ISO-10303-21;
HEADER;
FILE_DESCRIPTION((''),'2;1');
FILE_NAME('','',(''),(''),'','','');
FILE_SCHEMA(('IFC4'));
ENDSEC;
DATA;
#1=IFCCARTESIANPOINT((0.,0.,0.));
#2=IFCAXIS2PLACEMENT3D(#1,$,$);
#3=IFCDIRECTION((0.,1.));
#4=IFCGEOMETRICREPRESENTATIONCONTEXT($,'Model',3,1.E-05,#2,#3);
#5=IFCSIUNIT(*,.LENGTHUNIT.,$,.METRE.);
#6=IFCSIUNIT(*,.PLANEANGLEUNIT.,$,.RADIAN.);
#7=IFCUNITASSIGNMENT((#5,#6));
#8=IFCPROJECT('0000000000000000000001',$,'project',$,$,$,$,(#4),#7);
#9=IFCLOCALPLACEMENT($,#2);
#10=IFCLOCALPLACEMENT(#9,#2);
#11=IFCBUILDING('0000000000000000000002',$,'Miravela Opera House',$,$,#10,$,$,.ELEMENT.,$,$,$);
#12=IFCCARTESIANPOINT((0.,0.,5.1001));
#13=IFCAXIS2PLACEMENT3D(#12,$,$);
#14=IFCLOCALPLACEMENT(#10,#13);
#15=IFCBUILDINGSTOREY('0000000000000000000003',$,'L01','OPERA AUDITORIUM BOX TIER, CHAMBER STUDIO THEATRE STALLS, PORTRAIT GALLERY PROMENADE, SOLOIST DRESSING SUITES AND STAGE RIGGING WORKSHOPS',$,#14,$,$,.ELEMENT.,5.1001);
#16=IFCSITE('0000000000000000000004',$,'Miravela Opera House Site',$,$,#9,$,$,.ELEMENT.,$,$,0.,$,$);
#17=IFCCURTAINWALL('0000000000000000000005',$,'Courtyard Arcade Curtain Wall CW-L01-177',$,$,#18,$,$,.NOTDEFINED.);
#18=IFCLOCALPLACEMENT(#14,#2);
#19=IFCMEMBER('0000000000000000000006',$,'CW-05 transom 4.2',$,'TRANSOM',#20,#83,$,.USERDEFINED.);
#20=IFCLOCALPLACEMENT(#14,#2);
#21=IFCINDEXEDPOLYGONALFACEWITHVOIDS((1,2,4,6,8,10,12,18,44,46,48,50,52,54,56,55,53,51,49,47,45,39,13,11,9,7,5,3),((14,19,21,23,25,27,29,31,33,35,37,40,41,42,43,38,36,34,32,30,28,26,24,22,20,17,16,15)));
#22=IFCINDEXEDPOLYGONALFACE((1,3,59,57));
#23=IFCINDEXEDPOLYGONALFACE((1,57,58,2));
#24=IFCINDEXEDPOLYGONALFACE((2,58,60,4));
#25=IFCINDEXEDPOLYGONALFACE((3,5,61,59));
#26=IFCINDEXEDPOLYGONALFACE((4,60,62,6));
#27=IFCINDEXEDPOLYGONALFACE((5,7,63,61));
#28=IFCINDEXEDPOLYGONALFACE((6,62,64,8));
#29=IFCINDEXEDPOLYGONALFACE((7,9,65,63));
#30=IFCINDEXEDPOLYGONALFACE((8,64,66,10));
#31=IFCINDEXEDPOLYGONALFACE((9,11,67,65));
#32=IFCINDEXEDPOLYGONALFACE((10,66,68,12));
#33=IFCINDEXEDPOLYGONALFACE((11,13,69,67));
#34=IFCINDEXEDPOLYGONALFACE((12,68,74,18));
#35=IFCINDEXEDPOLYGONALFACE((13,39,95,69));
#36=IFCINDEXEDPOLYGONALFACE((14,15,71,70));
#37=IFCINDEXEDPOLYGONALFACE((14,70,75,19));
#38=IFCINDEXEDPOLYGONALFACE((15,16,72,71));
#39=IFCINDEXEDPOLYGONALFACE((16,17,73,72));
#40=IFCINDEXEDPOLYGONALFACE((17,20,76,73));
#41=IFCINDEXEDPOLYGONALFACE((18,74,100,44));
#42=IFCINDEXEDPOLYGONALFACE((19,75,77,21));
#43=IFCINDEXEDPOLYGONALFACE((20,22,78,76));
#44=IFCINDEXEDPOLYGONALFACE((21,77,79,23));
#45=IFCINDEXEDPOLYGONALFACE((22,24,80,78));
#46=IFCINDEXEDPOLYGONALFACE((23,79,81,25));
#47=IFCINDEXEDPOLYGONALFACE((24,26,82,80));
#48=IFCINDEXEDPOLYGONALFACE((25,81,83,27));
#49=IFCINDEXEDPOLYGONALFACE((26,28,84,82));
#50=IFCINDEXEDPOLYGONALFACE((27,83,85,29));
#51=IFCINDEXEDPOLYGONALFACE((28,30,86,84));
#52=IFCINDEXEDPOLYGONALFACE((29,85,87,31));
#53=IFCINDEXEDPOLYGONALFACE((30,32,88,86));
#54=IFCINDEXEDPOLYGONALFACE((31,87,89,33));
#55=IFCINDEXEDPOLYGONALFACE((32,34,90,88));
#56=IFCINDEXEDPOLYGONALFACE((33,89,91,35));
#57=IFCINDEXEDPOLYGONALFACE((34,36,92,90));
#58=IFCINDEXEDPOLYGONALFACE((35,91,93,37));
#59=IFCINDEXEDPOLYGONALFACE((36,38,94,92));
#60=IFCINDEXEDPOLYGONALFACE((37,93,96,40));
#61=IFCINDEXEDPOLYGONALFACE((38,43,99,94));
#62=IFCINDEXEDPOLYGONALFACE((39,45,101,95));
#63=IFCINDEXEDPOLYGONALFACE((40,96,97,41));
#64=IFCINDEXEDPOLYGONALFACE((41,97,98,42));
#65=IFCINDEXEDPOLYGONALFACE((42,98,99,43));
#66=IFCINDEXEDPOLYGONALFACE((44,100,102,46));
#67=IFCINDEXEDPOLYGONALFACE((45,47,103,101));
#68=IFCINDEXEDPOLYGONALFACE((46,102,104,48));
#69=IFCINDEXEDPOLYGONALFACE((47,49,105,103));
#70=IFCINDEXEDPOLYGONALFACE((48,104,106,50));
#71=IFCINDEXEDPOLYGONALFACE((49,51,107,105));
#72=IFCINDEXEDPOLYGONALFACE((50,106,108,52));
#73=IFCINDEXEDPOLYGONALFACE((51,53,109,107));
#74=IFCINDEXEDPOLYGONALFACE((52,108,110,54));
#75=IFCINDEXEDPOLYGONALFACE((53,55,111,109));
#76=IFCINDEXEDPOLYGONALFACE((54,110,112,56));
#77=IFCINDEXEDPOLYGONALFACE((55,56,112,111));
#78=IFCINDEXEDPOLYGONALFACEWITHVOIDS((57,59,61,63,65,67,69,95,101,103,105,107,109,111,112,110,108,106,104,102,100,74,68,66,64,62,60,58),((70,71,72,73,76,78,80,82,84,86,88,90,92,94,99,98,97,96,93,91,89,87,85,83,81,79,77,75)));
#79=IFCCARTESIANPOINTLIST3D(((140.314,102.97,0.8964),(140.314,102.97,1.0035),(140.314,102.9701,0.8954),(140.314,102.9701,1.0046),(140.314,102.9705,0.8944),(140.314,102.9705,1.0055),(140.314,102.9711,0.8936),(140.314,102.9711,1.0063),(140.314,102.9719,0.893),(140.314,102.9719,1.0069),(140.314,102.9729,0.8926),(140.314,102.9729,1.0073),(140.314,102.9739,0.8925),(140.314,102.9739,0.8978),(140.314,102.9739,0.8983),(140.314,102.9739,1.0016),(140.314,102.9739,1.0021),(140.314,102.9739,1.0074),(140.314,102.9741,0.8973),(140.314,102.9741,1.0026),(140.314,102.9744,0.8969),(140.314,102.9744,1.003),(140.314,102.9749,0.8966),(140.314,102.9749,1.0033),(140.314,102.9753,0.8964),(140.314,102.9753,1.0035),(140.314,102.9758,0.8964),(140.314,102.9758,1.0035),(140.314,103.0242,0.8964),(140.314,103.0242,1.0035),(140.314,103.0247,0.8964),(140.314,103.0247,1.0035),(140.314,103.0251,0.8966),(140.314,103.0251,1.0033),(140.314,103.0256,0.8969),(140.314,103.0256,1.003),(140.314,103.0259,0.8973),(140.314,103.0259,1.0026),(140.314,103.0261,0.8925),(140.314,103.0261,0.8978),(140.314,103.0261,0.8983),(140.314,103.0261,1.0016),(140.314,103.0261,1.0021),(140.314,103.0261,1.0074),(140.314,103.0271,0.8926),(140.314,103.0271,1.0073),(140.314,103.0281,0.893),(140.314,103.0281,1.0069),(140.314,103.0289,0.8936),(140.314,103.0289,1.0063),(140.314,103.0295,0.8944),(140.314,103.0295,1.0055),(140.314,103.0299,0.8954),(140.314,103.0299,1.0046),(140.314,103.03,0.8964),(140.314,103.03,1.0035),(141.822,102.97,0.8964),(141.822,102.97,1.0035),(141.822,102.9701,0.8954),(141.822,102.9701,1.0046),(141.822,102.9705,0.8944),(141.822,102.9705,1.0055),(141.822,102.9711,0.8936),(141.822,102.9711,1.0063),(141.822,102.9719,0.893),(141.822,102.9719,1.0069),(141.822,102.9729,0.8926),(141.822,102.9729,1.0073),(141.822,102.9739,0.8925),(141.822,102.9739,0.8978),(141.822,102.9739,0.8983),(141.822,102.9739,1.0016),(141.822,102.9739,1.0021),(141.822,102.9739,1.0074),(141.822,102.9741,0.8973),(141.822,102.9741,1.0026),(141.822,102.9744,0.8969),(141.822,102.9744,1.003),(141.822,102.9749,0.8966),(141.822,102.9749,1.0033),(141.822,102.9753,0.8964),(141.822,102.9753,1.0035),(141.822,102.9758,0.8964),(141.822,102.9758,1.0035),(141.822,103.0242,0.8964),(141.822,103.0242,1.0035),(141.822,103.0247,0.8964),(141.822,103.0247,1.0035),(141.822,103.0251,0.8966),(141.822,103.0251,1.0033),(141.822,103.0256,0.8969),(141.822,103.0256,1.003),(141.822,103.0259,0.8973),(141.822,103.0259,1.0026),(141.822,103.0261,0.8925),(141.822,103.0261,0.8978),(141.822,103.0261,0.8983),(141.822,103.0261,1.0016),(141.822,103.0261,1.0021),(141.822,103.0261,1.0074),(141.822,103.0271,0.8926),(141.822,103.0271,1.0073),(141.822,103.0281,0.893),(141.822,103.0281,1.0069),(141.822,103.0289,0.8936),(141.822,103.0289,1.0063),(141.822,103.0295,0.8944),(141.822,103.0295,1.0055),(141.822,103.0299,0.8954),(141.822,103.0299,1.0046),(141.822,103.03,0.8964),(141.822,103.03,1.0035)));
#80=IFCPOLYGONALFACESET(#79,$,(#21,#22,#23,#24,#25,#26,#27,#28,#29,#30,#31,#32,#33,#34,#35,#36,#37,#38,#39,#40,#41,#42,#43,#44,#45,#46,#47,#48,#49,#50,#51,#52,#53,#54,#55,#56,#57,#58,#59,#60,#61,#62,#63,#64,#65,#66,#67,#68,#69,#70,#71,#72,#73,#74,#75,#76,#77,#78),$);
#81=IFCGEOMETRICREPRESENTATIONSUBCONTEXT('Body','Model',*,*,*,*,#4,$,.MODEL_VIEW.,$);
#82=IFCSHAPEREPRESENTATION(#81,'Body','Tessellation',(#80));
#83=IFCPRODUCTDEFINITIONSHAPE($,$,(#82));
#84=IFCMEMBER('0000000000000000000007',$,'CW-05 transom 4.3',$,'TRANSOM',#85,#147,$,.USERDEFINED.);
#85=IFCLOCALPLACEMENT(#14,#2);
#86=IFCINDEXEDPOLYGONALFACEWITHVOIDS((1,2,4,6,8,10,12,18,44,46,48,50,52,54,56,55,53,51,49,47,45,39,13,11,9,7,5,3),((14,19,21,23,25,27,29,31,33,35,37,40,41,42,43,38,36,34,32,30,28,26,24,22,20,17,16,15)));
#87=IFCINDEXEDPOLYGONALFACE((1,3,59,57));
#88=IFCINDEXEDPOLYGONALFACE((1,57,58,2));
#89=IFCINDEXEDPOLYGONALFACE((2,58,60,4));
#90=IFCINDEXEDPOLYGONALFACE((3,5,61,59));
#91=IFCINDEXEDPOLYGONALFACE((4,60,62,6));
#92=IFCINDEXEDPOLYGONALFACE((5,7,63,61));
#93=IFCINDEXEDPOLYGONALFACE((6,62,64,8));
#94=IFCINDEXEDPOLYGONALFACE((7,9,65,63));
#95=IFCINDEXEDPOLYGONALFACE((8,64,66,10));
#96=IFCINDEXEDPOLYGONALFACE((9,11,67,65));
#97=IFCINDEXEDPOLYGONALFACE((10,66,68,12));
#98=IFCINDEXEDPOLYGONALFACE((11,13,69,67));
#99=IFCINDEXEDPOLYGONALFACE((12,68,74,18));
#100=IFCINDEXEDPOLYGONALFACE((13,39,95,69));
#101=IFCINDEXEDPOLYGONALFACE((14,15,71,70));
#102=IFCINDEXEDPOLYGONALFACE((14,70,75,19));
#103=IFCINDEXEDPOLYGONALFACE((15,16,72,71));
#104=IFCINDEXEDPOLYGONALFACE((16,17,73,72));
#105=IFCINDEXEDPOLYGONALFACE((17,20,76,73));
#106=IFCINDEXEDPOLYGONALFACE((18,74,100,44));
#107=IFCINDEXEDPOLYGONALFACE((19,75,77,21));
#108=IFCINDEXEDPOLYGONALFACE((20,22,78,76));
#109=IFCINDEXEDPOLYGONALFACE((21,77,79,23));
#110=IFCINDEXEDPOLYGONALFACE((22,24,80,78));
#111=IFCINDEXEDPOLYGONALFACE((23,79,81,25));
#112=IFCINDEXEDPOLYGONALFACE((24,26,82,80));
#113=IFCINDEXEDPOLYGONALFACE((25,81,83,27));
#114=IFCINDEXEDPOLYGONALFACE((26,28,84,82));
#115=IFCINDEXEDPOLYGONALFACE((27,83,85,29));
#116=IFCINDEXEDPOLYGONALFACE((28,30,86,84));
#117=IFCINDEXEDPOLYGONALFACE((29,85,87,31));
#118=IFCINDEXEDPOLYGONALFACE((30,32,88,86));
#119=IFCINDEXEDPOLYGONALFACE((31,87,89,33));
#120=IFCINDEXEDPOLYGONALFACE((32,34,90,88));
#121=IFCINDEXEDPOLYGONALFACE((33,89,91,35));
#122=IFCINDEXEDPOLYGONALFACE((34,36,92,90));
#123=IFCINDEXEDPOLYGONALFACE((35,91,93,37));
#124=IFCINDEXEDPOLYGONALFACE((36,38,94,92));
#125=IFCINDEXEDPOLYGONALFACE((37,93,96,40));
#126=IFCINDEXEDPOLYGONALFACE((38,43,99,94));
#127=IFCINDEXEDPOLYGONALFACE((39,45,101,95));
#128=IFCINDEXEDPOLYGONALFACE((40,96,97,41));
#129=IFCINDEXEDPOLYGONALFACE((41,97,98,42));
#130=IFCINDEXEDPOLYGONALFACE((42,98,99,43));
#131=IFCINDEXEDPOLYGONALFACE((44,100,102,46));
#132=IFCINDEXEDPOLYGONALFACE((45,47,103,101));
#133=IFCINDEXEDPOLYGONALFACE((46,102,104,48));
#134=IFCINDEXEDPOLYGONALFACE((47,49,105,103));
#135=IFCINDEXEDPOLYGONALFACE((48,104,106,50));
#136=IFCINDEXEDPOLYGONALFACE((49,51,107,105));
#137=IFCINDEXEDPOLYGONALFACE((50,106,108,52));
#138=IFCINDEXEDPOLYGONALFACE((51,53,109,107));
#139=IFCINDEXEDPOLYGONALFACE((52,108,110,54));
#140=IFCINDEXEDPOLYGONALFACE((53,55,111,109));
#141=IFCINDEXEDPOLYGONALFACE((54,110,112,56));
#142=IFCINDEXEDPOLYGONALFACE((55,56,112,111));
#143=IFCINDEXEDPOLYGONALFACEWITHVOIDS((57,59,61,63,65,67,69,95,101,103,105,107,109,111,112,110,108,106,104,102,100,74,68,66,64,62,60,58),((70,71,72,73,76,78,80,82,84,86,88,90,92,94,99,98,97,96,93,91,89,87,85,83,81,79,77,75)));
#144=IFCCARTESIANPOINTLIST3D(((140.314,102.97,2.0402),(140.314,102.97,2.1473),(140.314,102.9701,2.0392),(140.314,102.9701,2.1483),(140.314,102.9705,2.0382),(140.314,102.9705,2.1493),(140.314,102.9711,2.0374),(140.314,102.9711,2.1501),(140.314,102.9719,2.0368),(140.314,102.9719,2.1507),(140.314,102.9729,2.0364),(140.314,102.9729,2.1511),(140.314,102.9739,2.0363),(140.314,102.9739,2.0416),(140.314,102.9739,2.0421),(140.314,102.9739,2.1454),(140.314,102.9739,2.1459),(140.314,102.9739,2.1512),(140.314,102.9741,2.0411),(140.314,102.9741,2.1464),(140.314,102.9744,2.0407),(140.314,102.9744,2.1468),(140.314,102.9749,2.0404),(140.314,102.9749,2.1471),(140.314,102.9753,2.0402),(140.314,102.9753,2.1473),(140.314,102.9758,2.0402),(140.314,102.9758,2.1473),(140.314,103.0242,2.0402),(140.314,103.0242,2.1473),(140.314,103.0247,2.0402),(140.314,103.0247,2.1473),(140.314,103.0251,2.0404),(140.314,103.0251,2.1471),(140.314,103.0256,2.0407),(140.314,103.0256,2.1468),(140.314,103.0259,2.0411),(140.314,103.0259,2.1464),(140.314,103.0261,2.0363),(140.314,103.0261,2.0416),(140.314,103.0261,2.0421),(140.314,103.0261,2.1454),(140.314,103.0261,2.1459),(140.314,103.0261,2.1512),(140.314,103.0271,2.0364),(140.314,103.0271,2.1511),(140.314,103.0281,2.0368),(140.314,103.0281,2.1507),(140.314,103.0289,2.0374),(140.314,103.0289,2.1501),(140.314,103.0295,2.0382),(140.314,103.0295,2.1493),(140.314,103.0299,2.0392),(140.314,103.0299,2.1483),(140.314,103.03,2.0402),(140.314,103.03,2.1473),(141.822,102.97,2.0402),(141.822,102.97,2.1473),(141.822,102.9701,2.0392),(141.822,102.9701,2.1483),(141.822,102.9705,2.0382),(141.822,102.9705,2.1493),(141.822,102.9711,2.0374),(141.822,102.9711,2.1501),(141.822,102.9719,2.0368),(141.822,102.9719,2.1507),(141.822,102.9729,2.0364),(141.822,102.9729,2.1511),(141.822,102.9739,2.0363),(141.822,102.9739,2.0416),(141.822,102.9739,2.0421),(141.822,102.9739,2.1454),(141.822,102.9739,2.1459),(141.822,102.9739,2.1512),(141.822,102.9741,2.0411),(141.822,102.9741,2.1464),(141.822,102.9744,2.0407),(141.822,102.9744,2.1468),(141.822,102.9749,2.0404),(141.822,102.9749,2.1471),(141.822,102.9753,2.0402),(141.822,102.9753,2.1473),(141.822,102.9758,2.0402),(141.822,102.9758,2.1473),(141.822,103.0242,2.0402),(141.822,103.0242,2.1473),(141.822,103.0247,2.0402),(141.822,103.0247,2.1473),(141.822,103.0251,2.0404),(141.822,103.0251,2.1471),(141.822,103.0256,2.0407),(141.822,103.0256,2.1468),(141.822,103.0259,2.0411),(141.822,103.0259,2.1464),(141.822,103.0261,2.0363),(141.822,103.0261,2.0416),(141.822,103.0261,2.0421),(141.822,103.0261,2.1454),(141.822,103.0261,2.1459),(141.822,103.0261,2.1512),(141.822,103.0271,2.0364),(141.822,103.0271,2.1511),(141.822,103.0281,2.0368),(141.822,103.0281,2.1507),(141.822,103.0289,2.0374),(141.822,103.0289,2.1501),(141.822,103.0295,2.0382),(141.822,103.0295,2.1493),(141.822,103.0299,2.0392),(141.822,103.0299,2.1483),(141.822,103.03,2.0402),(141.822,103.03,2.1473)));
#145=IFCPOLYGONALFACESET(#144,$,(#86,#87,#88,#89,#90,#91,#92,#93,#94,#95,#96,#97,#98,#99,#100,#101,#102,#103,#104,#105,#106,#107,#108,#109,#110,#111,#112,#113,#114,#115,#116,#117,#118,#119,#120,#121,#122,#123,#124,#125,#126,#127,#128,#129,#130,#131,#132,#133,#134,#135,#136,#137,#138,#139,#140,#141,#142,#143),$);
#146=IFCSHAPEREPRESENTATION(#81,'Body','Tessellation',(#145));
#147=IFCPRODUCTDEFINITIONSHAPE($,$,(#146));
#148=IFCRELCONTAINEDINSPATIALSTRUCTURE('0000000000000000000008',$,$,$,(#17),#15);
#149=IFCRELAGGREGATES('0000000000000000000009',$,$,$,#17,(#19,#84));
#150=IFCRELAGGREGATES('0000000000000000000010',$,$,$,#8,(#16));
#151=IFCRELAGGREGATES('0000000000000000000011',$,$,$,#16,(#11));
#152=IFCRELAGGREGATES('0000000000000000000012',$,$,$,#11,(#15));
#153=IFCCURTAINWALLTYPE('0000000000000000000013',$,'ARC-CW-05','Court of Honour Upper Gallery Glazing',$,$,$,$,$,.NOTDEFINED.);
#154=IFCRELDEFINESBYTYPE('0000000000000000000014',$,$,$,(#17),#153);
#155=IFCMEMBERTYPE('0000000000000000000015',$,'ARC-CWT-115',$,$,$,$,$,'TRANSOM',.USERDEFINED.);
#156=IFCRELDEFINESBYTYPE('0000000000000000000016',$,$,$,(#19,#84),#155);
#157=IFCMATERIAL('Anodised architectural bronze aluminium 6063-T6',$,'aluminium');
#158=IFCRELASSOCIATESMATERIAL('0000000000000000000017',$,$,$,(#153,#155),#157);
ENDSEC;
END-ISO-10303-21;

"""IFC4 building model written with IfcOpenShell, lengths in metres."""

from ifc_helpers import new_model, si_unit, direction, frame, origin, origin_2d, place, context, subcontext, project, spatial, hollow_rectangle, extrude, material, material_profile, profile_set, type_object, element, aggregate, save


model = new_model("IFC4")

# Units and contexts
model_context = context("Model", 3, precision=1e-05, world=origin(), true_north=direction((0.0, 1.0)))
body_context = subcontext(model_context, "Body", "Model", "MODEL_VIEW")
ifc_project = project(units=[si_unit("LENGTHUNIT", "METRE"), si_unit("PLANEANGLEUNIT", "RADIAN")], contexts=[model_context])

# Site, building, storey
site_placement = place(None, origin())
site = spatial("IfcSite", under=ifc_project, at=site_placement, Name="Miravela Opera House Site", CompositionType="ELEMENT", RefElevation=0.0)
building_placement = place(site_placement, origin())
building = spatial("IfcBuilding", under=site, at=building_placement, Name="Miravela Opera House", CompositionType="ELEMENT")
storey_placement = place(building_placement, frame((0.0, 0.0, 5.1001)))
storey = spatial("IfcBuildingStorey", under=building, at=storey_placement, Name="L01", Description="OPERA AUDITORIUM BOX TIER, CHAMBER STUDIO THEATRE STALLS, PORTRAIT GALLERY PROMENADE, SOLOIST DRESSING SUITES AND STAGE RIGGING WORKSHOPS", CompositionType="ELEMENT", Elevation=5.1001)

# Curtain wall, members
ifc_material_1 = material(Name="Anodised architectural bronze aluminium 6063-T6", Category="aluminium")
curtain_wall_type = type_object("IfcCurtainWallType", Name="ARC-CW-05", Description="Court of Honour Upper Gallery Glazing", PredefinedType="NOTDEFINED", material=ifc_material_1)
curtain_wall_placement = place(storey_placement, origin())
curtain_wall = element("IfcCurtainWall", 1, at=curtain_wall_placement, inside=storey, type_object=curtain_wall_type, Name="Courtyard Arcade Curtain Wall CW-L01-177", PredefinedType="NOTDEFINED")
ifc_material_profile_1 = material_profile(ifc_material_1, hollow_rectangle(XDim=0.0601, YDim=0.115, WallThickness=0.0039, InnerFilletRadius=0.002, OuterFilletRadius=0.0039, at=origin_2d()), Name="CWT-60X115")
ifc_profile_set_1 = profile_set([ifc_material_profile_1])
member_type_1 = type_object("IfcMemberType", Name="ARC-CWT-115", ElementType="TRANSOM", PredefinedType="USERDEFINED", material=ifc_profile_set_1)
member_1_placement = place(storey_placement, frame((140.314, 103.0, 0.95), z_axis=(1.0, 0.0, 0.0), x_axis=(0.0, 1.0, 0.0)))
member_1 = element("IfcMember", 2, at=member_1_placement, type_object=member_type_1, Name="CW-05 transom 4.2", ObjectType="TRANSOM", PredefinedType="USERDEFINED", context=body_context, shape_type="SweptSolid", body=[
    extrude(hollow_rectangle(XDim=0.0601, YDim=0.115, WallThickness=0.0039, InnerFilletRadius=0.002, OuterFilletRadius=0.0039, at=origin_2d()), origin(), (0.0, 0.0, 1.0), 1.5081),
])
member_2_placement = place(storey_placement, frame((140.314, 103.0, 2.0938), z_axis=(1.0, 0.0, 0.0), x_axis=(0.0, 1.0, 0.0)))
member_2 = element("IfcMember", 3, at=member_2_placement, type_object=member_type_1, Name="CW-05 transom 4.3", ObjectType="TRANSOM", PredefinedType="USERDEFINED", context=body_context, shape_type="SweptSolid", body=[
    extrude(hollow_rectangle(XDim=0.0601, YDim=0.115, WallThickness=0.0039, InnerFilletRadius=0.002, OuterFilletRadius=0.0039, at=origin_2d()), origin(), (0.0, 0.0, 1.0), 1.5081),
])

aggregate(curtain_wall, [member_1, member_2])

save(model, "model.ifc")
